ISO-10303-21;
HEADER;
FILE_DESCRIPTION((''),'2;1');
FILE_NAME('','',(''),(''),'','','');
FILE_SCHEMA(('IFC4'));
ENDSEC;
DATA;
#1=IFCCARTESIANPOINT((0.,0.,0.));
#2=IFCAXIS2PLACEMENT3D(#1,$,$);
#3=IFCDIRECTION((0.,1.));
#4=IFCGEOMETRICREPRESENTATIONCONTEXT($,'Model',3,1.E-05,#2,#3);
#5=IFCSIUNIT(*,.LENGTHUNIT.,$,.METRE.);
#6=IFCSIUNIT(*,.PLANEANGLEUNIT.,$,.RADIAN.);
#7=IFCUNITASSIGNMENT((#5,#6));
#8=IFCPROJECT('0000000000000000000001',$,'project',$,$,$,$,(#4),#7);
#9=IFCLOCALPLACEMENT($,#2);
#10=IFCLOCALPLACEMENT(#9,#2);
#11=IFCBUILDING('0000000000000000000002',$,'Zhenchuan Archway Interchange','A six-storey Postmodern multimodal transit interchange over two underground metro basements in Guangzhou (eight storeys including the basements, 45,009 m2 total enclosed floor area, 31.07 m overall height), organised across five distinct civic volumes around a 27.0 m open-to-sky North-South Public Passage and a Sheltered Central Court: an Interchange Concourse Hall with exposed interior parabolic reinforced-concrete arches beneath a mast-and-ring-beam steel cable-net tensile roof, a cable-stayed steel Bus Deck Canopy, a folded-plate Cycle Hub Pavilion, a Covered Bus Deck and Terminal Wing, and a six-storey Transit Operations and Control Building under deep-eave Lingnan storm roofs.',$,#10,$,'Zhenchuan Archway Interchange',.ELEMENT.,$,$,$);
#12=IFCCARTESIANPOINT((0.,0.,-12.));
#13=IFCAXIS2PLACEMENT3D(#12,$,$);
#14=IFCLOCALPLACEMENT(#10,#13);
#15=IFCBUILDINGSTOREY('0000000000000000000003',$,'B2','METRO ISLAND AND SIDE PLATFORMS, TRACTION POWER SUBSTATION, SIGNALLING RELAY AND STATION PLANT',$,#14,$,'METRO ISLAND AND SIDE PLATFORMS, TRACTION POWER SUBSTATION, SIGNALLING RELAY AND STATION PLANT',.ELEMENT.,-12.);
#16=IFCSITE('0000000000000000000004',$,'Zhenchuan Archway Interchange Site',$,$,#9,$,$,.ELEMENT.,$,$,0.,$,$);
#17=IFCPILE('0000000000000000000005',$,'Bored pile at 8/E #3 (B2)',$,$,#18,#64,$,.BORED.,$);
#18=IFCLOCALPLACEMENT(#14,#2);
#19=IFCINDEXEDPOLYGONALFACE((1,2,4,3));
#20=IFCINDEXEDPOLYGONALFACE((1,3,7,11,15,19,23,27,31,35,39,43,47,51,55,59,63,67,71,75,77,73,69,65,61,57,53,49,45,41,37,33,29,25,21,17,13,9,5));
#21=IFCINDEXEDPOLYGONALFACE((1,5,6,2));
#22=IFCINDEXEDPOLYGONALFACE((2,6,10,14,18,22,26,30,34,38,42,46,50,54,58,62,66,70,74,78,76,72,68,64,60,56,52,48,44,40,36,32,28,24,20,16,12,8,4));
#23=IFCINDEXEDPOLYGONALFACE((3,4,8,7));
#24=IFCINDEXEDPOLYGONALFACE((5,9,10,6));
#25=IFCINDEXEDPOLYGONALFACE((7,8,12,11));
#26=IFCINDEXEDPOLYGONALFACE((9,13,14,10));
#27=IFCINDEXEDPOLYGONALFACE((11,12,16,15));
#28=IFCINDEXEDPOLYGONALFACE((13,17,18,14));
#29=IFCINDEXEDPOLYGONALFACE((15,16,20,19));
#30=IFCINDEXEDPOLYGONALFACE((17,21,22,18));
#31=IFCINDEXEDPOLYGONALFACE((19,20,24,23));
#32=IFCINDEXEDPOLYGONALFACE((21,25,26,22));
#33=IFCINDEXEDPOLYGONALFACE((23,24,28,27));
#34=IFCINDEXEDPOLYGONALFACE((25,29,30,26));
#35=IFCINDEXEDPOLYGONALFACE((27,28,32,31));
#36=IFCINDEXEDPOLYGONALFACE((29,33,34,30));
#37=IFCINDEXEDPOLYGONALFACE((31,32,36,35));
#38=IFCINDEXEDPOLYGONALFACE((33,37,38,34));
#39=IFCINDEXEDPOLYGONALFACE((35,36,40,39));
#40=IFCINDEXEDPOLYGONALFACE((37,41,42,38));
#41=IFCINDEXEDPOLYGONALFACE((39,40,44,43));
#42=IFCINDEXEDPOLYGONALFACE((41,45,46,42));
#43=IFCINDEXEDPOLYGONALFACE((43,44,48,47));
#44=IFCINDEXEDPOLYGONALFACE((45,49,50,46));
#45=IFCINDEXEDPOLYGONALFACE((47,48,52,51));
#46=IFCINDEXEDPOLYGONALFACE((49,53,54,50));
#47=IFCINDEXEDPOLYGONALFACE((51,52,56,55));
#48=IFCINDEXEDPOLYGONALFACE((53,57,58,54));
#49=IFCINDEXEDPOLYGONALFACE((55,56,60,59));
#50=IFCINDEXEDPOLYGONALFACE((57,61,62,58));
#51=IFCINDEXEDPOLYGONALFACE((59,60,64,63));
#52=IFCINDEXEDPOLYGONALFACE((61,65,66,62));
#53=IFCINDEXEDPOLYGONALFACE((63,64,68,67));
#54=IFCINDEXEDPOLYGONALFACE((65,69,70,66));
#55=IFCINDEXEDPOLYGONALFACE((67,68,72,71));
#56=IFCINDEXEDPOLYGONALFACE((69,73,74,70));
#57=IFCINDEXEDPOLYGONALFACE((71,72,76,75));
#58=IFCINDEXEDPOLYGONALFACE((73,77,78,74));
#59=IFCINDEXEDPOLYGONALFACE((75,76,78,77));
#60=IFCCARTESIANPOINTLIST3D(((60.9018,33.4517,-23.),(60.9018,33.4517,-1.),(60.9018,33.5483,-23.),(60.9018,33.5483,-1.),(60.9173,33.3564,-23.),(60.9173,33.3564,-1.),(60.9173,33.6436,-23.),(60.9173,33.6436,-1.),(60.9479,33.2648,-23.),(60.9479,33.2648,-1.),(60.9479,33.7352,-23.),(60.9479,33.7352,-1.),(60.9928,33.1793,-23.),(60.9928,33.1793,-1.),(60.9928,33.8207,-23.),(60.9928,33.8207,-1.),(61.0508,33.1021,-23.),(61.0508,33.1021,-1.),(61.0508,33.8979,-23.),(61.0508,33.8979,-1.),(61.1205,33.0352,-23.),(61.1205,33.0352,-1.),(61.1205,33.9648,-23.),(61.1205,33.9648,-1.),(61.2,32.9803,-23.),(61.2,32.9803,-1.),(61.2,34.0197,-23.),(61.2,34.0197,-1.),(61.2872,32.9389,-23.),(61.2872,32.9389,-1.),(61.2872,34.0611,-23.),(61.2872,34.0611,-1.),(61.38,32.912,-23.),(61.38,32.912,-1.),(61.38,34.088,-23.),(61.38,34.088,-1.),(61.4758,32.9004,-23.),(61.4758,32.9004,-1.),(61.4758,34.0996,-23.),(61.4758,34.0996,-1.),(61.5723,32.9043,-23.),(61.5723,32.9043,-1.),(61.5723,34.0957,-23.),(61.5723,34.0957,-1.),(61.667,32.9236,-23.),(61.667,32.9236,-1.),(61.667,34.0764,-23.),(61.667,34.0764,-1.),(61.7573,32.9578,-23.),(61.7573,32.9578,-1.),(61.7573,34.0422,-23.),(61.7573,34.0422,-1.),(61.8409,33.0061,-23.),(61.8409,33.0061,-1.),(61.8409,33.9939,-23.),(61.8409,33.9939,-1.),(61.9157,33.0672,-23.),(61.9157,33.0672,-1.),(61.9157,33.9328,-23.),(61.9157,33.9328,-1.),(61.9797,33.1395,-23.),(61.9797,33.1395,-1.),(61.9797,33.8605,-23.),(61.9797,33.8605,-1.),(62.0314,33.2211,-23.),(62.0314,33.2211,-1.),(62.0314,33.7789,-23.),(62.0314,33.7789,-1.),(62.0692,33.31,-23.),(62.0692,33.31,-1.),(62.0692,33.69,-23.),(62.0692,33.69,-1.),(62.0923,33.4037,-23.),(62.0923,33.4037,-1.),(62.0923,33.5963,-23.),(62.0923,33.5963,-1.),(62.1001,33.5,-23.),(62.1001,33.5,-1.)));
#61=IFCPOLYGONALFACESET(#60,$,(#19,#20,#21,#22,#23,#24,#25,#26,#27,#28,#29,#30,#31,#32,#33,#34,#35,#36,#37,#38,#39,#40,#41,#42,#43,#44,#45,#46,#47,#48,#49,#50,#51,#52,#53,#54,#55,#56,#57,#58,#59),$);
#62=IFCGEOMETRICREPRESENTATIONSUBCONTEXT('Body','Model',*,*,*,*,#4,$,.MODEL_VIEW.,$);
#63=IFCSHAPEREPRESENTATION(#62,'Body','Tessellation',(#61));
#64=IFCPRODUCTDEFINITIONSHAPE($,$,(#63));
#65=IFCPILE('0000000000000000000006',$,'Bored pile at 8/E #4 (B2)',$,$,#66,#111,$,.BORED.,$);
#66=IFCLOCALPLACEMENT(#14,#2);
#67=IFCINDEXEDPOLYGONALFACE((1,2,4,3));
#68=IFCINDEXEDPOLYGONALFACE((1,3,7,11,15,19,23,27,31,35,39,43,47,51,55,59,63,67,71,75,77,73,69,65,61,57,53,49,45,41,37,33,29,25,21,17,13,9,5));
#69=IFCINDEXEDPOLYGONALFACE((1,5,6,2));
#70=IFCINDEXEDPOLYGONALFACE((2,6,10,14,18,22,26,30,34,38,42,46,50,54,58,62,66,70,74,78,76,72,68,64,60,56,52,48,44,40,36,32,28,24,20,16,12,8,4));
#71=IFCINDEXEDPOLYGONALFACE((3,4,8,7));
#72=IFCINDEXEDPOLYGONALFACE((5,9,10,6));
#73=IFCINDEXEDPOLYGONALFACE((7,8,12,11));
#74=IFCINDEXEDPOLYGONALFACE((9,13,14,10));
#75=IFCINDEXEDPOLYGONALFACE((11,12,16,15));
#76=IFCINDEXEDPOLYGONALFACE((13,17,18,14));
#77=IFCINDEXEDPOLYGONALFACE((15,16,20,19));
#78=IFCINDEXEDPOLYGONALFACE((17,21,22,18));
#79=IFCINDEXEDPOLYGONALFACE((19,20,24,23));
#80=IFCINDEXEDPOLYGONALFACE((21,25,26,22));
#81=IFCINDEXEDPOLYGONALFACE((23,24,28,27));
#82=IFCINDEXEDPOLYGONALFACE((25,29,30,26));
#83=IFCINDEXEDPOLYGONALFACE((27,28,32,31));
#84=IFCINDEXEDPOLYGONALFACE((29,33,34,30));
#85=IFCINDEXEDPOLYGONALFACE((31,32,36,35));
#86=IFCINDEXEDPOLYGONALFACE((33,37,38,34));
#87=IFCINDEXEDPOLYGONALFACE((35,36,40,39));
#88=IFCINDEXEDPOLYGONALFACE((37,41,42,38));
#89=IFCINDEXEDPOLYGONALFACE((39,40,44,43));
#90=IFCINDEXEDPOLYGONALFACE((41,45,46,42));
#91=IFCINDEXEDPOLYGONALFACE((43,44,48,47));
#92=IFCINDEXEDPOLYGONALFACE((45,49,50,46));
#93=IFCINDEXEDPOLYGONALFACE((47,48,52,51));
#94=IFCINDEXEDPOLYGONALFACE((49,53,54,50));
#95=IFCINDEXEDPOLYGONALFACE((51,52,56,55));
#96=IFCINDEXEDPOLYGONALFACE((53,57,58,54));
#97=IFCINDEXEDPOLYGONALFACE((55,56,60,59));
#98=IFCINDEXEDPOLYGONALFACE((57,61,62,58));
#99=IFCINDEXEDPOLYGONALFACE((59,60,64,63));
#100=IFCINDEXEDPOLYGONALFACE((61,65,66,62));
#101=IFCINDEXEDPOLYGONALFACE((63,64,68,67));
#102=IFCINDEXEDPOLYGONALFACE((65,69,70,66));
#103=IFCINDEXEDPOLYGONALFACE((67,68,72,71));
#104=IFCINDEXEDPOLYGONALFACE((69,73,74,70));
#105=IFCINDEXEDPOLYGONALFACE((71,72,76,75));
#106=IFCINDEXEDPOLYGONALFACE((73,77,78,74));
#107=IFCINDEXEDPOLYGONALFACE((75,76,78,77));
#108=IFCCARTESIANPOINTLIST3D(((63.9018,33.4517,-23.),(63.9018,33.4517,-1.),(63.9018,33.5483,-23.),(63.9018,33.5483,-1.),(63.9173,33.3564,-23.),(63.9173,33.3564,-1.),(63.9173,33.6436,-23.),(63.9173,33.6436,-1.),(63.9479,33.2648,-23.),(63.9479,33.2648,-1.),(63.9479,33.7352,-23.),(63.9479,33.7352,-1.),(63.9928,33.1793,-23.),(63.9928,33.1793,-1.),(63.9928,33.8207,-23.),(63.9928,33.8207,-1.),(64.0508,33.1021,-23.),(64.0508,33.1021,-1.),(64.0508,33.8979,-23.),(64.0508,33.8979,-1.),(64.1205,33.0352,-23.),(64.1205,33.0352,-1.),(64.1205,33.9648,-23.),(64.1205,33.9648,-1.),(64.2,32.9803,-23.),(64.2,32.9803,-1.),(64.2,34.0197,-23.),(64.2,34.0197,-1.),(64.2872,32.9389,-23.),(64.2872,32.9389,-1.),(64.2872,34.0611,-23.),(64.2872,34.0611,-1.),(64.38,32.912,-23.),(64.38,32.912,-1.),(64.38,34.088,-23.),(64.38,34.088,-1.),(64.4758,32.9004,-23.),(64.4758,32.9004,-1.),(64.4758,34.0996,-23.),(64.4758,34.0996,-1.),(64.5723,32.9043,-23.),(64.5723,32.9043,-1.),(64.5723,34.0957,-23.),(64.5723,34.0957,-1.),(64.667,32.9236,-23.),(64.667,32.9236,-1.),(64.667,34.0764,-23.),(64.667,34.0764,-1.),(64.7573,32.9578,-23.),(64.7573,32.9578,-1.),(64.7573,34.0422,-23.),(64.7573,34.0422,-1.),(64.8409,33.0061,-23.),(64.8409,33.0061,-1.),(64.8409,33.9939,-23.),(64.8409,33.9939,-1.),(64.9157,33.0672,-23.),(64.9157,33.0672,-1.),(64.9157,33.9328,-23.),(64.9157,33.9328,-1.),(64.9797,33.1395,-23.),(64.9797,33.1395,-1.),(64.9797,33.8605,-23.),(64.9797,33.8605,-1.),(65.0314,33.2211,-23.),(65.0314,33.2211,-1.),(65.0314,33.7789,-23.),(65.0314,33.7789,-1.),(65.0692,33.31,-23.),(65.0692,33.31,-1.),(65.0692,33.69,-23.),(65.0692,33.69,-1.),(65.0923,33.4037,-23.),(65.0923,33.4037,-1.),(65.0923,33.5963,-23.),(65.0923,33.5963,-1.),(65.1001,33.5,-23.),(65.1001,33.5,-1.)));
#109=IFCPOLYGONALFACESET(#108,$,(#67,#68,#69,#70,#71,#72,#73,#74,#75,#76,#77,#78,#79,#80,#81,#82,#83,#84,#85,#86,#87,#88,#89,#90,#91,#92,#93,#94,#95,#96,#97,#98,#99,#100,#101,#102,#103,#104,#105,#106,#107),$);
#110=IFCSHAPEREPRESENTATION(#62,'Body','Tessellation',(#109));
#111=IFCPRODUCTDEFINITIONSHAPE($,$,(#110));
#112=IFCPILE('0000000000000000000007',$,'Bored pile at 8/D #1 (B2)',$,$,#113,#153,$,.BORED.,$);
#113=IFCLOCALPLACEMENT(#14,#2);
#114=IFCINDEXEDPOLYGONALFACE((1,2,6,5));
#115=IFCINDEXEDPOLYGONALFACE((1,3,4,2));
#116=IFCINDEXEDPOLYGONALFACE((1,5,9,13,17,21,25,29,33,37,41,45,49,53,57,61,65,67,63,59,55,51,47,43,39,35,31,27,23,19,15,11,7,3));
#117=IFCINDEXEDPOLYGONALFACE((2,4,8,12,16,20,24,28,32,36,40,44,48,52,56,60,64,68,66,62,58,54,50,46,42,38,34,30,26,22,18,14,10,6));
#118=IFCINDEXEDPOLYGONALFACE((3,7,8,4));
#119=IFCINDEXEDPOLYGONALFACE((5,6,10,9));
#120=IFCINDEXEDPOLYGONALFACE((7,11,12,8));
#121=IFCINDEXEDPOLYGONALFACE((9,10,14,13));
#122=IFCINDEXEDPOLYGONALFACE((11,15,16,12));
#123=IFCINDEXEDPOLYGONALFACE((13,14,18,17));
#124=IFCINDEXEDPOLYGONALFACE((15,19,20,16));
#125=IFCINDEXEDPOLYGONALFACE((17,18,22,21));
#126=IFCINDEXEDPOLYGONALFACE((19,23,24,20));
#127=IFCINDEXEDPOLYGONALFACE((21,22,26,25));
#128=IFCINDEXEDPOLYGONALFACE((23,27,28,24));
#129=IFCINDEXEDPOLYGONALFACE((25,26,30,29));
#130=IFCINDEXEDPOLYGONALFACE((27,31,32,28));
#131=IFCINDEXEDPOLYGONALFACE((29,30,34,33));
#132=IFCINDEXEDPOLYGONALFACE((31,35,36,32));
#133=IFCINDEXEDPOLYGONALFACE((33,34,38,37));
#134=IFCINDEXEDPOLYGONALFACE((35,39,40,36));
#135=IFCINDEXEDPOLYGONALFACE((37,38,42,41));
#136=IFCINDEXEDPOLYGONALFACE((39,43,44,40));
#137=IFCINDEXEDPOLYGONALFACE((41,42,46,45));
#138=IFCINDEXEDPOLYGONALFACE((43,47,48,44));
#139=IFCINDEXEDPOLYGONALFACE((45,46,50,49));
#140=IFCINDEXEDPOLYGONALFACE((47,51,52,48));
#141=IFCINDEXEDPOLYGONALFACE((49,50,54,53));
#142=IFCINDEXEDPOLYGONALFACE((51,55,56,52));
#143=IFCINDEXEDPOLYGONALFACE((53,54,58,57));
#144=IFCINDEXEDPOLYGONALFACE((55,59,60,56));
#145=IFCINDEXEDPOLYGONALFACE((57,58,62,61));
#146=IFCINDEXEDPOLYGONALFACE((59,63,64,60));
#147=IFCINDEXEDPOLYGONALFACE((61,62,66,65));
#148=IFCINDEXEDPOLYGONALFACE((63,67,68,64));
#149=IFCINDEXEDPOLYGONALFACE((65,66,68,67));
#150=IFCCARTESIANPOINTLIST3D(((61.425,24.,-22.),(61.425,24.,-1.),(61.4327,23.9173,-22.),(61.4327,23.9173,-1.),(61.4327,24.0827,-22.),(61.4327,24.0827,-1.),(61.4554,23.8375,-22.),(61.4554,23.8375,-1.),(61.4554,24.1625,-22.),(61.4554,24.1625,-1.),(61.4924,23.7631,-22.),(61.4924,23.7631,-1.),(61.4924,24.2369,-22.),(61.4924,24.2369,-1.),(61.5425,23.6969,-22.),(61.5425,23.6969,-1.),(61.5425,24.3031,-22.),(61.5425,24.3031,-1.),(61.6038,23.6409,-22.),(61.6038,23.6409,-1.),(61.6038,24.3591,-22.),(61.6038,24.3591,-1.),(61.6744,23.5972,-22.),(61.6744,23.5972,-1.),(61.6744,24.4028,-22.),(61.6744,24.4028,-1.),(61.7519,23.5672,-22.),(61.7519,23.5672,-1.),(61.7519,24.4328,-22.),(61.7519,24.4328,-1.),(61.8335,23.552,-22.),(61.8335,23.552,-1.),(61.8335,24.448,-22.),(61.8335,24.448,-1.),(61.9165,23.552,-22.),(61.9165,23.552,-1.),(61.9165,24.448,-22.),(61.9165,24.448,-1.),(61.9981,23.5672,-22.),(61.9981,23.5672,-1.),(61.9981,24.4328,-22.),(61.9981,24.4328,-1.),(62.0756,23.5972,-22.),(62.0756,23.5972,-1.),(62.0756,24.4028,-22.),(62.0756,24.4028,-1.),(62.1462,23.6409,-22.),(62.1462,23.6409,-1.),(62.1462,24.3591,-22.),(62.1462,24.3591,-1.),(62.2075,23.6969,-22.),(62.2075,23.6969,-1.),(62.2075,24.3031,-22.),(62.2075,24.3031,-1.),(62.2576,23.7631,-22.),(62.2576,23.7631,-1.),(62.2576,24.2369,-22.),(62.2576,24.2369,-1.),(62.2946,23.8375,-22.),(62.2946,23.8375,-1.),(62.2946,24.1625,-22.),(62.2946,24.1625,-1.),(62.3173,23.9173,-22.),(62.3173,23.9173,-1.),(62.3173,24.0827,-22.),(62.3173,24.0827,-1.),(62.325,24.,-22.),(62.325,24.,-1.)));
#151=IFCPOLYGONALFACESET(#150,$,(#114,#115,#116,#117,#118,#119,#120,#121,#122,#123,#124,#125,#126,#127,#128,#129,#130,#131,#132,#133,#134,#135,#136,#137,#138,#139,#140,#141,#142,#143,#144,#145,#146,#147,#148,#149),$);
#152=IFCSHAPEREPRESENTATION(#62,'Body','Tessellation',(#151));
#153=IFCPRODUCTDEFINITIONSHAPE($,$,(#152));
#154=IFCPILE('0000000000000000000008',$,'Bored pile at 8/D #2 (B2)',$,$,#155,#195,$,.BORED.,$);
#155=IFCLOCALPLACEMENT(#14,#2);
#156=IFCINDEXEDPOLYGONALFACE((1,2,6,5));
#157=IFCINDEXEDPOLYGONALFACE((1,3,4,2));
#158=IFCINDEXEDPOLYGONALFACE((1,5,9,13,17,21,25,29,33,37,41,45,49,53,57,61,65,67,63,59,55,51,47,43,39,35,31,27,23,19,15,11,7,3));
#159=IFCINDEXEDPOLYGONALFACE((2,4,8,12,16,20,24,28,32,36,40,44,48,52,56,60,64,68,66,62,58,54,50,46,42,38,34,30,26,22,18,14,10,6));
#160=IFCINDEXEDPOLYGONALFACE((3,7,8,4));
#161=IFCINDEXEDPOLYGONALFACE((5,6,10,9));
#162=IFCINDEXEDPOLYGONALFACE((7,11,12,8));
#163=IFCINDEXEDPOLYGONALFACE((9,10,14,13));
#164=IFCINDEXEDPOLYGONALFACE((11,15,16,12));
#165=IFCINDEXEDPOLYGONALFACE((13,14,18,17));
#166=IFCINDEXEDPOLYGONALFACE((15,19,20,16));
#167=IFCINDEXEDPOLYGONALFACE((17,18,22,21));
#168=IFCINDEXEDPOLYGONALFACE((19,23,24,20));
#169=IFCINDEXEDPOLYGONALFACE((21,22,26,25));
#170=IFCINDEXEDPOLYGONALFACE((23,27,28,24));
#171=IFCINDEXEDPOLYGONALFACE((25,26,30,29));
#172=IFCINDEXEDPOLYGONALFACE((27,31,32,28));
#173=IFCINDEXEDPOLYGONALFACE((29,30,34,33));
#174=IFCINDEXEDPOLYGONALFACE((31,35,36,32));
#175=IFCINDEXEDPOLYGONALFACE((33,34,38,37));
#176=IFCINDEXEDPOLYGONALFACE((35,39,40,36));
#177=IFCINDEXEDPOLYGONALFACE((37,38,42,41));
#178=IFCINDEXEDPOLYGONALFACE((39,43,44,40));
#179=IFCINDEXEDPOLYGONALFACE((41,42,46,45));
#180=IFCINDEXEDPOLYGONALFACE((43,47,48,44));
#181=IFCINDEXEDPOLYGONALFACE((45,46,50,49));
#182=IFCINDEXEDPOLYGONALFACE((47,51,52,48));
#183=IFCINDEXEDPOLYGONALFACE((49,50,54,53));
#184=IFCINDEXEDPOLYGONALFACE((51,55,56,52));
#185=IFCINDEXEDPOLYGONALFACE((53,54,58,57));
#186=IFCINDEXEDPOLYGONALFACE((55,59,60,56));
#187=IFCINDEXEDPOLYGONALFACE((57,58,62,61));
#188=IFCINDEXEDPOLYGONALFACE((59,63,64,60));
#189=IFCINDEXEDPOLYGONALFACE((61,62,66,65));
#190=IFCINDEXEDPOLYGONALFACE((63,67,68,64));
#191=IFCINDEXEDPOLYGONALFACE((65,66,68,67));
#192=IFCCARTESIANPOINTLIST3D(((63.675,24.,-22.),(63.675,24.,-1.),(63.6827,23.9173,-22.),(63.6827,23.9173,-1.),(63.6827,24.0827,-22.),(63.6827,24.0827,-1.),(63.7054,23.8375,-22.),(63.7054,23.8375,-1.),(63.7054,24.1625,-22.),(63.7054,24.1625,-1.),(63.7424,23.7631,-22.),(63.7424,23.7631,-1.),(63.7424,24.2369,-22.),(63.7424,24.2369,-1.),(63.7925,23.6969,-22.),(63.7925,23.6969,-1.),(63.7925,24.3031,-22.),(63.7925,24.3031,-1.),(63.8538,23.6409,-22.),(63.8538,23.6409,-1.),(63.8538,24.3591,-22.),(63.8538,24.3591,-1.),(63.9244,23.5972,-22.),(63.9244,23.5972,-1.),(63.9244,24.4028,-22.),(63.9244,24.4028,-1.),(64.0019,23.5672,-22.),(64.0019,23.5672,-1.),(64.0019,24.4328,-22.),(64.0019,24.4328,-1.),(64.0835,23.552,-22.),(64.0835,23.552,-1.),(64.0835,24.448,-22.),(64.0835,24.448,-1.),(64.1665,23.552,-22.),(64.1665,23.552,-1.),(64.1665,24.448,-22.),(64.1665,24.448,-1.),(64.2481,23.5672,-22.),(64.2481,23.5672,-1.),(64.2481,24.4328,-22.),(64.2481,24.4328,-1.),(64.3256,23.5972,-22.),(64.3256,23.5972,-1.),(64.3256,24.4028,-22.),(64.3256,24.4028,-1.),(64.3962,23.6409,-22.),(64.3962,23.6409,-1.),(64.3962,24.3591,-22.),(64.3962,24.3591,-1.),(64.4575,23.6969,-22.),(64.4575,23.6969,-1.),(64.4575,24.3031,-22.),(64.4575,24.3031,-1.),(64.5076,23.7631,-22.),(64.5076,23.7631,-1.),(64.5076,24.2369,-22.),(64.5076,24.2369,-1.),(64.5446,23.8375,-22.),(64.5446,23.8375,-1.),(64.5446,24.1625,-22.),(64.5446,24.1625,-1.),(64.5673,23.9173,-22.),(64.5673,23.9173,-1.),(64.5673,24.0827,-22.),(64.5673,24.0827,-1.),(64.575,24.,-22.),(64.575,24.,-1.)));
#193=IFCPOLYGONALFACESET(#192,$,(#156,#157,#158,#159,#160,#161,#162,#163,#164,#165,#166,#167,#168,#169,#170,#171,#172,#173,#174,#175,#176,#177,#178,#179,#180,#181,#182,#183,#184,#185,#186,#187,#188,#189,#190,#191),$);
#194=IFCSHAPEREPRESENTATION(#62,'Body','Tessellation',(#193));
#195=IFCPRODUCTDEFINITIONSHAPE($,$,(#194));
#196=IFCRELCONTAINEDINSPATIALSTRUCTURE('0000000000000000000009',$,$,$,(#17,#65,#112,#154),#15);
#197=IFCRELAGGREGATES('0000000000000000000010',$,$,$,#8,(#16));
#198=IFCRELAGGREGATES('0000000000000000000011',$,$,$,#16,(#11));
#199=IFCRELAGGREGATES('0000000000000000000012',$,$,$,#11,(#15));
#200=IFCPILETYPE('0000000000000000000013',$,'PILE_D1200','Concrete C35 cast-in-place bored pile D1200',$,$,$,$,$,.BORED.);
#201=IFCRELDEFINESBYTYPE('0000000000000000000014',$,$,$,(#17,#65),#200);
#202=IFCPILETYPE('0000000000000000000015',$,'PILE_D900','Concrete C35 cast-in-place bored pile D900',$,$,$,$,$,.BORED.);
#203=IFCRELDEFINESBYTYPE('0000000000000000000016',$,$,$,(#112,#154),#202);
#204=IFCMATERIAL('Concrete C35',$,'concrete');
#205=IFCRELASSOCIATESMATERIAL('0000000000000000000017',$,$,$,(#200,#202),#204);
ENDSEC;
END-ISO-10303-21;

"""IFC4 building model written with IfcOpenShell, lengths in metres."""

from ifc_helpers import new_model, si_unit, direction, frame, origin, origin_2d, place, context, subcontext, project, spatial, circle, extrude, material, material_profile, profile_set, type_object, element, save


model = new_model("IFC4")

# Units and contexts
model_context = context("Model", 3, precision=1e-05, world=origin(), true_north=direction((0.0, 1.0)))
body_context = subcontext(model_context, "Body", "Model", "MODEL_VIEW")
ifc_project = project(units=[si_unit("LENGTHUNIT", "METRE"), si_unit("PLANEANGLEUNIT", "RADIAN")], contexts=[model_context])

# Site, building, storey
site_placement = place(None, origin())
site = spatial("IfcSite", under=ifc_project, at=site_placement, Name="Zhenchuan Archway Interchange Site", CompositionType="ELEMENT", RefElevation=0.0)
building_placement = place(site_placement, origin())
building = spatial("IfcBuilding", under=site, at=building_placement, Name="Zhenchuan Archway Interchange", Description="A six-storey Postmodern multimodal transit interchange over two underground metro basements in Guangzhou (eight storeys including the basements, 45,009 m2 total enclosed floor area, 31.07 m overall height), organised across five distinct civic volumes around a 27.0 m open-to-sky North-South Public Passage and a Sheltered Central Court: an Interchange Concourse Hall with exposed interior parabolic reinforced-concrete arches beneath a mast-and-ring-beam steel cable-net tensile roof, a cable-stayed steel Bus Deck Canopy, a folded-plate Cycle Hub Pavilion, a Covered Bus Deck and Terminal Wing, and a six-storey Transit Operations and Control Building under deep-eave Lingnan storm roofs.", LongName="Zhenchuan Archway Interchange", CompositionType="ELEMENT")
storey_placement = place(building_placement, frame((0.0, 0.0, -12.0)))
storey = spatial("IfcBuildingStorey", under=building, at=storey_placement, Name="B2", Description="METRO ISLAND AND SIDE PLATFORMS, TRACTION POWER SUBSTATION, SIGNALLING RELAY AND STATION PLANT", LongName="METRO ISLAND AND SIDE PLATFORMS, TRACTION POWER SUBSTATION, SIGNALLING RELAY AND STATION PLANT", CompositionType="ELEMENT", Elevation=-12.0)

# Piles
ifc_material_1 = material(Name="Concrete C35", Category="concrete")
ifc_material_profile_1 = material_profile(ifc_material_1, circle(Radius=0.6001, at=origin_2d()), Name="BORED PILE 1200")
ifc_profile_set_1 = profile_set([ifc_material_profile_1], Name="Concrete C35")
pile_type_1 = type_object("IfcPileType", Name="PILE_D1200", Description="Concrete C35 cast-in-place bored pile D1200", PredefinedType="BORED", material=ifc_profile_set_1)
for number, where, z_axis, x_axis, name in (
    (1, (61.5, 33.5, -1.0), (0.0, 0.0, -1.0), (1.0, 0.0, 0.0), "Bored pile at 8/E #3 (B2)"),
    (2, (64.5, 33.5, -1.0), (0.0, 0.0, -1.0), (1.0, 0.0, 0.0), "Bored pile at 8/E #4 (B2)"),
):
    element("IfcPile", number, at=place(storey_placement, frame(where, z_axis=z_axis, x_axis=x_axis)), inside=storey, type_object=pile_type_1, Name=name, PredefinedType="BORED", context=body_context, shape_type="SweptSolid", body=[
        extrude(circle(Radius=0.6001, at=origin_2d()), origin(), (0.0, 0.0, 1.0), 22.0),
    ])
ifc_material_profile_2 = material_profile(ifc_material_1, circle(Radius=0.45, at=origin_2d()), Name="BORED PILE 900")
ifc_profile_set_2 = profile_set([ifc_material_profile_2], Name="Concrete C35")
pile_type_2 = type_object("IfcPileType", Name="PILE_D900", Description="Concrete C35 cast-in-place bored pile D900", PredefinedType="BORED", material=ifc_profile_set_2)
for number, where, z_axis, x_axis, name in (
    (3, (61.875, 24.0, -1.0), (0.0, 0.0, -1.0), (1.0, 0.0, 0.0), "Bored pile at 8/D #1 (B2)"),
    (4, (64.125, 24.0, -1.0), (0.0, 0.0, -1.0), (1.0, 0.0, 0.0), "Bored pile at 8/D #2 (B2)"),
):
    element("IfcPile", number, at=place(storey_placement, frame(where, z_axis=z_axis, x_axis=x_axis)), inside=storey, type_object=pile_type_2, Name=name, PredefinedType="BORED", context=body_context, shape_type="SweptSolid", body=[
        extrude(circle(Radius=0.45, at=origin_2d()), origin(), (0.0, 0.0, 1.0), 21.0),
    ])

save(model, "model.ifc")
